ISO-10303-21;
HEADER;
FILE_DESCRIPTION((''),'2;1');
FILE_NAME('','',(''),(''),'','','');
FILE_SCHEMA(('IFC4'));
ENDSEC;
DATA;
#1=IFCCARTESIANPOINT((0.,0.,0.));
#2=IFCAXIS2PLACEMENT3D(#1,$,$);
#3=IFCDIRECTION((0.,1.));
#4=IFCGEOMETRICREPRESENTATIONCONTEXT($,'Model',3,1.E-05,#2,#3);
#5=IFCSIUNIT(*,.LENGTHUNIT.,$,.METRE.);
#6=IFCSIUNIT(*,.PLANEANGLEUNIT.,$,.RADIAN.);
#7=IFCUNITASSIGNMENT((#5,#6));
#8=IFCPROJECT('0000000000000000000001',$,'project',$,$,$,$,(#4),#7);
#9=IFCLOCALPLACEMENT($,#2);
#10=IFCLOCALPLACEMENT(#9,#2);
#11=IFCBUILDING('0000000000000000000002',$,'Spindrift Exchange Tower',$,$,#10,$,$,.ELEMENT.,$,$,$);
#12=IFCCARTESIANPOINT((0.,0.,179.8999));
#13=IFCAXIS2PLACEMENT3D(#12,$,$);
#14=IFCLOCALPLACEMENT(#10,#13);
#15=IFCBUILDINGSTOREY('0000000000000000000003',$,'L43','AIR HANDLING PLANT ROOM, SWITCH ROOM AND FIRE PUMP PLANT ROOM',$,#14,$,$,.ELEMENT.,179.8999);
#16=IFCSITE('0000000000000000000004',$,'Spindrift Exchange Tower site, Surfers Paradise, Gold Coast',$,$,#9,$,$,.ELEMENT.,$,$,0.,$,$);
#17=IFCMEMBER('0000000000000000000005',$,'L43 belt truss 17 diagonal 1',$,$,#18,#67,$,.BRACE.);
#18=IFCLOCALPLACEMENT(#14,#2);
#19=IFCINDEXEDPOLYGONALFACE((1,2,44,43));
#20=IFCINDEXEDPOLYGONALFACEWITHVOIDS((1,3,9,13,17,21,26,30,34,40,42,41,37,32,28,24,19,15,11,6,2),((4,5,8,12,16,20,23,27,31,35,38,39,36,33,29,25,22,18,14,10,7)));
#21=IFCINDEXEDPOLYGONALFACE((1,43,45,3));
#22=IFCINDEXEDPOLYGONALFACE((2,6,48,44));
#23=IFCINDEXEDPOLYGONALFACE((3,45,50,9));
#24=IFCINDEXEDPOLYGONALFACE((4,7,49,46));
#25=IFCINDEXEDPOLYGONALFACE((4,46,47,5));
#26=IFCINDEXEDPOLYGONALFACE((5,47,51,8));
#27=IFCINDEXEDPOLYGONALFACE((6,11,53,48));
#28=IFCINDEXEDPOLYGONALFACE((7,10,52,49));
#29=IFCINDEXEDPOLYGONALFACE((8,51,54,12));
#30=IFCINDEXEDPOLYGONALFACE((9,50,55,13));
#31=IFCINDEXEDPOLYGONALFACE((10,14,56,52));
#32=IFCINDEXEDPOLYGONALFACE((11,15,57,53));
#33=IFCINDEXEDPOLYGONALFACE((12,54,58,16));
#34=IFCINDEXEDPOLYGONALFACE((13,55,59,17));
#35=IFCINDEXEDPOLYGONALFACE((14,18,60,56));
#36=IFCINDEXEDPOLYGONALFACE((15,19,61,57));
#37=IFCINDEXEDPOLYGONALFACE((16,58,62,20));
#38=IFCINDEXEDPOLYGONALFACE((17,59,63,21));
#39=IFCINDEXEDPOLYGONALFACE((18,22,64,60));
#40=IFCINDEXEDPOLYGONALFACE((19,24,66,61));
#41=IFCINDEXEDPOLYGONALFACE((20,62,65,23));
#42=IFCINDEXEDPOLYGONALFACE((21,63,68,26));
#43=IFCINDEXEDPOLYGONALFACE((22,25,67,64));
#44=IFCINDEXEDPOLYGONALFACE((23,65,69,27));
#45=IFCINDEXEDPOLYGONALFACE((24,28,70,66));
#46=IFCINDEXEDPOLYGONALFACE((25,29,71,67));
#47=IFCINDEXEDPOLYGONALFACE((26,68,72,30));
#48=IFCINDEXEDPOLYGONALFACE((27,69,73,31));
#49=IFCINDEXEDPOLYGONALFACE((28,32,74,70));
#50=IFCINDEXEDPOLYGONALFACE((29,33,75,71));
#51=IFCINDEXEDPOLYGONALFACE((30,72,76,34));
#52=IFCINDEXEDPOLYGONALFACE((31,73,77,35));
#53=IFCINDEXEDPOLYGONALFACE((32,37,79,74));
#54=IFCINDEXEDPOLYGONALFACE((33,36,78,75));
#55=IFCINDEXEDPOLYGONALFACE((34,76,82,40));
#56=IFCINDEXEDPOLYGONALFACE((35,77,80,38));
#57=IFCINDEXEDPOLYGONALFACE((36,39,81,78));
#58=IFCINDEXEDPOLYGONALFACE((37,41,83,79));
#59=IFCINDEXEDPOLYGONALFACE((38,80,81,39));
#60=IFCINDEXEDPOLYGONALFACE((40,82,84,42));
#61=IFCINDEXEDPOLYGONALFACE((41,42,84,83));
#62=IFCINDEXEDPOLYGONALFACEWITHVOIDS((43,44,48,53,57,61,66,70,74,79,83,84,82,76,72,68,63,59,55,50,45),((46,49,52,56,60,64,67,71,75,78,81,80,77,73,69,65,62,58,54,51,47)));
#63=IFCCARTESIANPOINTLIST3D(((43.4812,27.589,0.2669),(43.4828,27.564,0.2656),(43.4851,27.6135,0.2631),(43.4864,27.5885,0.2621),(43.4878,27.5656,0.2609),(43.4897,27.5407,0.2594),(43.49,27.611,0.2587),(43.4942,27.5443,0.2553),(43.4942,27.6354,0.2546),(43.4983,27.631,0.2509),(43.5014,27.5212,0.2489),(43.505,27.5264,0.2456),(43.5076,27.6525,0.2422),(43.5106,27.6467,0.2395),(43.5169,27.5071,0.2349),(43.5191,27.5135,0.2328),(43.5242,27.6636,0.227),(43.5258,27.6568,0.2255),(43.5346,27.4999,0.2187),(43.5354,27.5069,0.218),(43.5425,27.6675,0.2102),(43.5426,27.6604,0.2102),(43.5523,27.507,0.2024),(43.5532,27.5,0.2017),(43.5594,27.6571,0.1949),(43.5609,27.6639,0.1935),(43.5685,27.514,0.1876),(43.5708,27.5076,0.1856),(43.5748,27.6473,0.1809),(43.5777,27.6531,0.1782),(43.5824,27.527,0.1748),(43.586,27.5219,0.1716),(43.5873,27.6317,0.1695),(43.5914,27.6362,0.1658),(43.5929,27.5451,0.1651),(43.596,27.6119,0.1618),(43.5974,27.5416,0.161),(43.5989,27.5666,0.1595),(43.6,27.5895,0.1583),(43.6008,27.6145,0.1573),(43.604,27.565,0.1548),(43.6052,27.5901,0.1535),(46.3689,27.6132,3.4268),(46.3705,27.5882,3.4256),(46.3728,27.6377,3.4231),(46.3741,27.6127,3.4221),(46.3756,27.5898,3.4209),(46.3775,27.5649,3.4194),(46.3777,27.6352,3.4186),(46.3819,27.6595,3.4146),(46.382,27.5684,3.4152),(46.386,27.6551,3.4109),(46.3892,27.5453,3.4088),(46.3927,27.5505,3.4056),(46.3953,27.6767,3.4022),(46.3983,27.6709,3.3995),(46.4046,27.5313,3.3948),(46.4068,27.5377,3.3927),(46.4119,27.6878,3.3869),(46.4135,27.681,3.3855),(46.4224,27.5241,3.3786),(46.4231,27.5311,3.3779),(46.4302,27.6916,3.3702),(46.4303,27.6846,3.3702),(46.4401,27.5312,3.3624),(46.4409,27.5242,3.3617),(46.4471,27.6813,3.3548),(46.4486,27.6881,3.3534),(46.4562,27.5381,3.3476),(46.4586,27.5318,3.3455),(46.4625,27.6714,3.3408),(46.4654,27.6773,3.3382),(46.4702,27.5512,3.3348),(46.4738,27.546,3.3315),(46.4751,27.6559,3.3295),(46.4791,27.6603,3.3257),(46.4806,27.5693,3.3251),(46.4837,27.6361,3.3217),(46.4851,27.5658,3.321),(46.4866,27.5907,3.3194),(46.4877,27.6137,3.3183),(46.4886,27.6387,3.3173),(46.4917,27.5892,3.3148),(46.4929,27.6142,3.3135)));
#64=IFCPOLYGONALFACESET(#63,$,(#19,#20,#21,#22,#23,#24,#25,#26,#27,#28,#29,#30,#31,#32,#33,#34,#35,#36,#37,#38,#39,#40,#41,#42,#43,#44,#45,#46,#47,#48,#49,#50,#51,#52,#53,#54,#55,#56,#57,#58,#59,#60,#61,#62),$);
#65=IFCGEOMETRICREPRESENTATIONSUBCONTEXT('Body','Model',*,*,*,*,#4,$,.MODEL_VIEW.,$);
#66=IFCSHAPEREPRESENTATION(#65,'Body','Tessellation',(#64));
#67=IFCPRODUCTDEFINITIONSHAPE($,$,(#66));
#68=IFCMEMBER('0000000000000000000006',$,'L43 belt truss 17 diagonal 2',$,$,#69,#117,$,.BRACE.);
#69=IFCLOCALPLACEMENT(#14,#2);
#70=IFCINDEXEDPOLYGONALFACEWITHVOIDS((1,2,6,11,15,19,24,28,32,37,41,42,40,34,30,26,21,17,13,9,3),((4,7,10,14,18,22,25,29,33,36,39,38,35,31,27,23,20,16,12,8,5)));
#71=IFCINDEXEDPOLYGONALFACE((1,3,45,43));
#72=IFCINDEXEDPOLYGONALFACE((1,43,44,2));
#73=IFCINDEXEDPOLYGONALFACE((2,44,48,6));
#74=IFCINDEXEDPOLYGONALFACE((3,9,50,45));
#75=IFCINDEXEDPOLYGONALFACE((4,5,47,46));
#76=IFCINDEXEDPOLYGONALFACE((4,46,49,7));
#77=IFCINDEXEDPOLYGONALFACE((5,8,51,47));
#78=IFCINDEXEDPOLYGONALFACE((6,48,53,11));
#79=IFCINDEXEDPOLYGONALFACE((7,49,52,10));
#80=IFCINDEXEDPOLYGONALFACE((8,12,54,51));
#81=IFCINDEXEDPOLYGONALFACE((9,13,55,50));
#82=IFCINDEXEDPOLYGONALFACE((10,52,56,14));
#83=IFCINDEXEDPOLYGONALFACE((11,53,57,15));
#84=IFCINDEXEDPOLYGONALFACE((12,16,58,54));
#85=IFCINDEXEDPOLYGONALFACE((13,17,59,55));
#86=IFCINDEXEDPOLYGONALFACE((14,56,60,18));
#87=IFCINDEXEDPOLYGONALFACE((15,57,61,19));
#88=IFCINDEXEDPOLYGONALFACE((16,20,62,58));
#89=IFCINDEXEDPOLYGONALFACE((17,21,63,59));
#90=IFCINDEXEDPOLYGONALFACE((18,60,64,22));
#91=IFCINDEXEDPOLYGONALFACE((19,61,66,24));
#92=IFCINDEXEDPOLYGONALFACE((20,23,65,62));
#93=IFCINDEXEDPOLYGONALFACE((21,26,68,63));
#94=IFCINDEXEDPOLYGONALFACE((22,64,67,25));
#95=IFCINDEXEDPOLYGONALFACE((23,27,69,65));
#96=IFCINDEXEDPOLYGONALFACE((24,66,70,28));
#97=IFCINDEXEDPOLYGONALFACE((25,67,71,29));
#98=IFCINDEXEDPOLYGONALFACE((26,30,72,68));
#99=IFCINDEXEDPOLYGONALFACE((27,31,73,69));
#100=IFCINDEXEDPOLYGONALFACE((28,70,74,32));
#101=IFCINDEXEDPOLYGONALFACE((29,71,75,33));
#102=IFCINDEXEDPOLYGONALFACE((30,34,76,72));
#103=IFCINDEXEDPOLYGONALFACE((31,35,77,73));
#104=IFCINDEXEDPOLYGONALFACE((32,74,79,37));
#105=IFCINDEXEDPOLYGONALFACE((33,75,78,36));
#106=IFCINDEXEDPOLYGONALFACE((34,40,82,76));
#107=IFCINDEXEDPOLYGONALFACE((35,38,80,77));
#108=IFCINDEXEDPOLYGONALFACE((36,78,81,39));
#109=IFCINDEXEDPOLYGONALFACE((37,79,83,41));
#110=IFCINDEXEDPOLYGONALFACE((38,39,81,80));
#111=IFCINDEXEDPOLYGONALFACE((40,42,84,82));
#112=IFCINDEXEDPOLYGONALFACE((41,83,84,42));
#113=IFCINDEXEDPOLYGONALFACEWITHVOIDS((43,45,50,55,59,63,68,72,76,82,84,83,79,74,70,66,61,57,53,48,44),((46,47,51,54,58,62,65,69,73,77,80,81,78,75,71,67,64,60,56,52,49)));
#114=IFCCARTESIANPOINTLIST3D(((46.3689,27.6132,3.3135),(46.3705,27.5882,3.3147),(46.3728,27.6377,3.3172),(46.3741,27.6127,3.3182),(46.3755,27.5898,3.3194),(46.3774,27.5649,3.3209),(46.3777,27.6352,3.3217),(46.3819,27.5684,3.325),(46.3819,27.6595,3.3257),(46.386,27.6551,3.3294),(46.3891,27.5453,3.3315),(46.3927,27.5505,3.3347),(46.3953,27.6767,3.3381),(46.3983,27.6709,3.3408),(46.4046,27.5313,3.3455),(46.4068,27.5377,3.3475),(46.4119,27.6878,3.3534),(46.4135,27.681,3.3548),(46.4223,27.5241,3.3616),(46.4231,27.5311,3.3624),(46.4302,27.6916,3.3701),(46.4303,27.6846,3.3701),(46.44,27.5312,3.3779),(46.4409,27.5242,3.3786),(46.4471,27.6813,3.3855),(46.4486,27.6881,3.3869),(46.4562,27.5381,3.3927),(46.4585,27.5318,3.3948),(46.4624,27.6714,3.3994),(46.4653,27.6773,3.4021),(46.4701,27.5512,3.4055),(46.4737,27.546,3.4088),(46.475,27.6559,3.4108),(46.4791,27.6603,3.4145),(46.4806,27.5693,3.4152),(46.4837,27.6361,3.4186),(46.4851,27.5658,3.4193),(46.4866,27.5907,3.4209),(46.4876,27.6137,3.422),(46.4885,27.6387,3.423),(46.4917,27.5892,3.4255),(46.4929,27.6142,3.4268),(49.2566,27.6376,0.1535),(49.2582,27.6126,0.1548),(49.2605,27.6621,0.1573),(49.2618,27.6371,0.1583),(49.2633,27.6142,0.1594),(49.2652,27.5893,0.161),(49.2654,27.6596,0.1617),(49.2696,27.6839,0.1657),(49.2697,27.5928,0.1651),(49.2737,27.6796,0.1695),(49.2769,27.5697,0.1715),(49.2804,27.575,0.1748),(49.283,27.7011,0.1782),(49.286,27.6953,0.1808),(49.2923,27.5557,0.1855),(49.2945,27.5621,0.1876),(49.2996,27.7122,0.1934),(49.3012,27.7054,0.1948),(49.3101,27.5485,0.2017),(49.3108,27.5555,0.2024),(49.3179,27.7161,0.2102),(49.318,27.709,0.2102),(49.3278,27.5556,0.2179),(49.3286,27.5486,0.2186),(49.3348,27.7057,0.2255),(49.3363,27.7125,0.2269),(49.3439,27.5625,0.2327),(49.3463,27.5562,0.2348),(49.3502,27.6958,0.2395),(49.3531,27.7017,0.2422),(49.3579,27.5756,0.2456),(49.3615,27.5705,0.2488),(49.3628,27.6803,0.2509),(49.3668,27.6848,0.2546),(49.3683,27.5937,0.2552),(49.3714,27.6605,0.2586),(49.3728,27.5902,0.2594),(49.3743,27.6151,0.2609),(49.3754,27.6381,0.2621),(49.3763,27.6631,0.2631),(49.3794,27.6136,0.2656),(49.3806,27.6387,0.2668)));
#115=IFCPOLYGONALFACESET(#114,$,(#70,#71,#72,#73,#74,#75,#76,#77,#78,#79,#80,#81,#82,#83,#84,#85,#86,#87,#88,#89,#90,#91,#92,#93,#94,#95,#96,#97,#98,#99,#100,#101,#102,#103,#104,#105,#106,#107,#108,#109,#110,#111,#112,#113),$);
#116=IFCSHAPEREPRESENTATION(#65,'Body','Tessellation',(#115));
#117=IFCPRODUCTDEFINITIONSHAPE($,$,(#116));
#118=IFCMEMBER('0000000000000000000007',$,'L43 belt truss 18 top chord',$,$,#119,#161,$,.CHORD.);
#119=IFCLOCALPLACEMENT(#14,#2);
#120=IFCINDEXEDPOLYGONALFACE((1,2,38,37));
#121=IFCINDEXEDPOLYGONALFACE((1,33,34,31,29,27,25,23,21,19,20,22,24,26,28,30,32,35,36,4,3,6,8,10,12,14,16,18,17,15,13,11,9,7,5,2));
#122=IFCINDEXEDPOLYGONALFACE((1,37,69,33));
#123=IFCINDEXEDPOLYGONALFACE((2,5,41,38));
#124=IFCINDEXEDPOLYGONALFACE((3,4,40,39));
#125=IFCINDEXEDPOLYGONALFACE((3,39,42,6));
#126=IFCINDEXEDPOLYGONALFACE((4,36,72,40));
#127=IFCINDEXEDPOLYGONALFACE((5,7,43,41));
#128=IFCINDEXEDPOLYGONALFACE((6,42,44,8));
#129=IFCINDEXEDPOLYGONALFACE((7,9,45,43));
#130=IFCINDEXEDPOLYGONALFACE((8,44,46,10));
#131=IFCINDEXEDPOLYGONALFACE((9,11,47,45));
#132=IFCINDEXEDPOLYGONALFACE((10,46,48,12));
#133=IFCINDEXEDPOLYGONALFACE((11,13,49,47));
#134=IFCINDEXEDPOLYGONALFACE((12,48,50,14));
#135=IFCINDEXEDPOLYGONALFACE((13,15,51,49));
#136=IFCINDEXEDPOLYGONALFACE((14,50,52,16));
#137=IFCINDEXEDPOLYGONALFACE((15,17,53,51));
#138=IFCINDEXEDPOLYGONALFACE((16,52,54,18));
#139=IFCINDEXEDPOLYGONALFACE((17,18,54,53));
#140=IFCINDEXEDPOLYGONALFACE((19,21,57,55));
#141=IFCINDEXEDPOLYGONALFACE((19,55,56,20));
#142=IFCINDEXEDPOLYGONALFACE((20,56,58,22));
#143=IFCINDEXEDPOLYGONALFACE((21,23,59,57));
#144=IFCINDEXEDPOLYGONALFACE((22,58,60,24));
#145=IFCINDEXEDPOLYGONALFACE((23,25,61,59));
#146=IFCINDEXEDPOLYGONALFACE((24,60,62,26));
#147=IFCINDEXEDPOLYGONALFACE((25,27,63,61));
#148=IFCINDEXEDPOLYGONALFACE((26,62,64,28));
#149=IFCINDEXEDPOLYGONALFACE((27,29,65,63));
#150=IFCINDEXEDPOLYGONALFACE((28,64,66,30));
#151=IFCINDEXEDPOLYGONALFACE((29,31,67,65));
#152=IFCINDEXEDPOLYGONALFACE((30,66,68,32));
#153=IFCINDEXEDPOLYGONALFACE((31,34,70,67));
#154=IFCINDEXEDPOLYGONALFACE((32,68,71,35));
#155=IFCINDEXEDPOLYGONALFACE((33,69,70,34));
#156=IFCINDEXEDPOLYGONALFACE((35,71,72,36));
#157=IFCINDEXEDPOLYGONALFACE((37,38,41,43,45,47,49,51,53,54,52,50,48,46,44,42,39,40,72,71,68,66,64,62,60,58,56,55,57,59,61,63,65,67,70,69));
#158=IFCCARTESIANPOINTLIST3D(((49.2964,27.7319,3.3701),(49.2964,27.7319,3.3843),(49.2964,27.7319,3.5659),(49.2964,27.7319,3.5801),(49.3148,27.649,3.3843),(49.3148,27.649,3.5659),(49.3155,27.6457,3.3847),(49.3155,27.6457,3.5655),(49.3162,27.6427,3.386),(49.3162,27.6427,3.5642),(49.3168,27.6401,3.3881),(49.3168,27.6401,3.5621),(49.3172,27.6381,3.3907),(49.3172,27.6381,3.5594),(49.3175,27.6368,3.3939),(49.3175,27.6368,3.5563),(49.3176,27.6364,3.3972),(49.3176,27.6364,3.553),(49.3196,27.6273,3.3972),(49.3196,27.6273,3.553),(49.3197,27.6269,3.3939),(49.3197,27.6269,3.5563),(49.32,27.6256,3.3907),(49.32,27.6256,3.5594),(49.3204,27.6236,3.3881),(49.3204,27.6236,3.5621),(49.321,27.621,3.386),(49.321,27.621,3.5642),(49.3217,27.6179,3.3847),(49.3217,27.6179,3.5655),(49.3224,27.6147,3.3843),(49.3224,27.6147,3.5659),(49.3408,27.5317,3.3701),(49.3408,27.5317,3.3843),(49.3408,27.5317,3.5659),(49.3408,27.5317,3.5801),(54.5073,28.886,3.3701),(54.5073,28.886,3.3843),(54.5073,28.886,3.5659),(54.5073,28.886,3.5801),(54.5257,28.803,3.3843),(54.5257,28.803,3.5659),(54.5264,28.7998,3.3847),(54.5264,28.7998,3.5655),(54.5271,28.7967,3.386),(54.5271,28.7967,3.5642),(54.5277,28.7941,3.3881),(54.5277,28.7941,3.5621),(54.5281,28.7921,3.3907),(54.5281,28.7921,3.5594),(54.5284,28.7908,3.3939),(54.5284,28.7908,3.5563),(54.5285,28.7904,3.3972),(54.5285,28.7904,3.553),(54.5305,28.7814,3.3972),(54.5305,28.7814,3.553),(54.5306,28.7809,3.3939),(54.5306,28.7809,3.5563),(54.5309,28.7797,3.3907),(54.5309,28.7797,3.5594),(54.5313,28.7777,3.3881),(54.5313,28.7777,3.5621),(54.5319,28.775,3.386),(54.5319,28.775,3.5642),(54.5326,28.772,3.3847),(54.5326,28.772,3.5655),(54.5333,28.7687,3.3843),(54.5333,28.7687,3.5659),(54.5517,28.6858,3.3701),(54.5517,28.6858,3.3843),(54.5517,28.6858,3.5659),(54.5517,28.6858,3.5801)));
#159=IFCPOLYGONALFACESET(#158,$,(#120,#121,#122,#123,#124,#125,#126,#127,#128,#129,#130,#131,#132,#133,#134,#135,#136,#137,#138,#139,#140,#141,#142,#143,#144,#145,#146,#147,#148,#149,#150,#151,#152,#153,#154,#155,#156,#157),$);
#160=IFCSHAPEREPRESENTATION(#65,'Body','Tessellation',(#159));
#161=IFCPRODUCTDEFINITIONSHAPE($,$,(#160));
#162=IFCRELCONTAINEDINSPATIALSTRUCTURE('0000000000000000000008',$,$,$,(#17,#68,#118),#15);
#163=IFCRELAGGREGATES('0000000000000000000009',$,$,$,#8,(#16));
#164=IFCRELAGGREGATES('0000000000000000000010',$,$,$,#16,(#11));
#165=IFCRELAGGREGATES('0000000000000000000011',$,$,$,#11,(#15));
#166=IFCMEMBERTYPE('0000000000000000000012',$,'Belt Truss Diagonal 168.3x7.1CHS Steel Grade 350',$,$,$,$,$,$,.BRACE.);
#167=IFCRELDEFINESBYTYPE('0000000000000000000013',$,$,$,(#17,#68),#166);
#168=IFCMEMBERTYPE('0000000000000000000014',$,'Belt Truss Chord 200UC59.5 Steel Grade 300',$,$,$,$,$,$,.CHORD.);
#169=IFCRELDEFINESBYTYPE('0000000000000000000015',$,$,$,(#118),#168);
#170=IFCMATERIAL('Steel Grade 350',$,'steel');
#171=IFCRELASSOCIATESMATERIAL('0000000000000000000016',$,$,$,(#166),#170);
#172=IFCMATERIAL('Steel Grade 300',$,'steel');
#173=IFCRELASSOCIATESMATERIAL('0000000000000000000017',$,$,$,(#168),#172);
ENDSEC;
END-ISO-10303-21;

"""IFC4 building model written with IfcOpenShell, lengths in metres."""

from ifc_helpers import new_model, si_unit, direction, frame, origin, origin_2d, place, context, subcontext, project, spatial, hollow_circle, i_section, extrude, source, transform, mapped, material, material_profile, profile_set, type_object, element, save


model = new_model("IFC4")

# Units and contexts
model_context = context("Model", 3, precision=1e-05, world=origin(), true_north=direction((0.0, 1.0)))
body_context = subcontext(model_context, "Body", "Model", "MODEL_VIEW")
ifc_project = project(units=[si_unit("LENGTHUNIT", "METRE"), si_unit("PLANEANGLEUNIT", "RADIAN")], contexts=[model_context])

# Site, building, storey
site_placement = place(None, origin())
site = spatial("IfcSite", under=ifc_project, at=site_placement, Name="Spindrift Exchange Tower site, Surfers Paradise, Gold Coast", CompositionType="ELEMENT", RefElevation=0.0)
building_placement = place(site_placement, origin())
building = spatial("IfcBuilding", under=site, at=building_placement, Name="Spindrift Exchange Tower", CompositionType="ELEMENT")
storey_placement = place(building_placement, frame((0.0, 0.0, 179.8999)))
storey = spatial("IfcBuildingStorey", under=building, at=storey_placement, Name="L43", Description="AIR HANDLING PLANT ROOM, SWITCH ROOM AND FIRE PUMP PLANT ROOM", CompositionType="ELEMENT", Elevation=179.8999)

# Shared definitions
ifc_material_1 = material(Name="Steel Grade 300", Category="steel")

# Members
ifc_material_2 = material(Name="Steel Grade 350", Category="steel")
ifc_material_profile_1 = material_profile(ifc_material_2, hollow_circle(Radius=0.0842, WallThickness=0.0071, at=origin_2d()), Name="168.3x7.1CHS")
ifc_profile_set_1 = profile_set([ifc_material_profile_1], Name="Steel Grade 350")
member_type_1 = type_object("IfcMemberType", Name="Belt Truss Diagonal 168.3x7.1CHS Steel Grade 350", PredefinedType="BRACE", material=ifc_profile_set_1)
ifc_material_profile_2 = material_profile(ifc_material_1, i_section(OverallWidth=0.2051, OverallDepth=0.21, WebThickness=0.0093, FlangeThickness=0.0142, FilletRadius=0.0129, at=origin_2d()), Name="200UC59.5")
ifc_profile_set_2 = profile_set([ifc_material_profile_2], Name="Steel Grade 300")
member_type_2 = type_object("IfcMemberType", Name="Belt Truss Chord 200UC59.5 Steel Grade 300", PredefinedType="CHORD", material=ifc_profile_set_2)
shared_shape_1 = source(origin(), body_context, "Body", "SweptSolid", [
    extrude(hollow_circle(Radius=0.0842, WallThickness=0.0071, at=origin_2d()), origin(), (0.0, 0.0, 1.0), 4.2808),
])
for number, where, z_axis, x_axis, name in (
    (1, (43.5432, 27.5833, 0.2102), (0.674584, 0.005646, 0.738176), (-0.00837, 0.999965, 0.0), "L43 belt truss 17 diagonal 1"),
    (2, (46.4309, 27.6074, 3.3701), (0.674584, 0.005703, -0.738176), (-0.008454, 0.999964, 0.0), "L43 belt truss 17 diagonal 2"),
):
    element("IfcMember", number, at=place(storey_placement, frame(where, z_axis=z_axis, x_axis=x_axis)), inside=storey, type_object=member_type_1, Name=name, PredefinedType="BRACE", context=body_context, shape_type="MappedRepresentation", body=[
        mapped(shared_shape_1, transform((0.0, 0.0, 0.0), scale=1.0)),
    ])
shared_shape_2 = source(origin(), body_context, "Body", "SweptSolid", [
    extrude(i_section(OverallWidth=0.2051, OverallDepth=0.21, WebThickness=0.0093, FlangeThickness=0.0142, FilletRadius=0.0129, at=origin_2d()), origin(), (0.0, 0.0, 1.0), 5.3372),
])
for number, where, z_axis, x_axis, name in (
    (3, (49.3186, 27.6318, 3.4751), (0.976343, 0.216228, 0.0), (-0.216228, 0.976343, 0.0), "L43 belt truss 18 top chord"),
):
    element("IfcMember", number, at=place(storey_placement, frame(where, z_axis=z_axis, x_axis=x_axis)), inside=storey, type_object=member_type_2, Name=name, PredefinedType="CHORD", context=body_context, shape_type="MappedRepresentation", body=[
        mapped(shared_shape_2, transform((0.0, 0.0, 0.0), scale=1.0)),
    ])

save(model, "model.ifc")
